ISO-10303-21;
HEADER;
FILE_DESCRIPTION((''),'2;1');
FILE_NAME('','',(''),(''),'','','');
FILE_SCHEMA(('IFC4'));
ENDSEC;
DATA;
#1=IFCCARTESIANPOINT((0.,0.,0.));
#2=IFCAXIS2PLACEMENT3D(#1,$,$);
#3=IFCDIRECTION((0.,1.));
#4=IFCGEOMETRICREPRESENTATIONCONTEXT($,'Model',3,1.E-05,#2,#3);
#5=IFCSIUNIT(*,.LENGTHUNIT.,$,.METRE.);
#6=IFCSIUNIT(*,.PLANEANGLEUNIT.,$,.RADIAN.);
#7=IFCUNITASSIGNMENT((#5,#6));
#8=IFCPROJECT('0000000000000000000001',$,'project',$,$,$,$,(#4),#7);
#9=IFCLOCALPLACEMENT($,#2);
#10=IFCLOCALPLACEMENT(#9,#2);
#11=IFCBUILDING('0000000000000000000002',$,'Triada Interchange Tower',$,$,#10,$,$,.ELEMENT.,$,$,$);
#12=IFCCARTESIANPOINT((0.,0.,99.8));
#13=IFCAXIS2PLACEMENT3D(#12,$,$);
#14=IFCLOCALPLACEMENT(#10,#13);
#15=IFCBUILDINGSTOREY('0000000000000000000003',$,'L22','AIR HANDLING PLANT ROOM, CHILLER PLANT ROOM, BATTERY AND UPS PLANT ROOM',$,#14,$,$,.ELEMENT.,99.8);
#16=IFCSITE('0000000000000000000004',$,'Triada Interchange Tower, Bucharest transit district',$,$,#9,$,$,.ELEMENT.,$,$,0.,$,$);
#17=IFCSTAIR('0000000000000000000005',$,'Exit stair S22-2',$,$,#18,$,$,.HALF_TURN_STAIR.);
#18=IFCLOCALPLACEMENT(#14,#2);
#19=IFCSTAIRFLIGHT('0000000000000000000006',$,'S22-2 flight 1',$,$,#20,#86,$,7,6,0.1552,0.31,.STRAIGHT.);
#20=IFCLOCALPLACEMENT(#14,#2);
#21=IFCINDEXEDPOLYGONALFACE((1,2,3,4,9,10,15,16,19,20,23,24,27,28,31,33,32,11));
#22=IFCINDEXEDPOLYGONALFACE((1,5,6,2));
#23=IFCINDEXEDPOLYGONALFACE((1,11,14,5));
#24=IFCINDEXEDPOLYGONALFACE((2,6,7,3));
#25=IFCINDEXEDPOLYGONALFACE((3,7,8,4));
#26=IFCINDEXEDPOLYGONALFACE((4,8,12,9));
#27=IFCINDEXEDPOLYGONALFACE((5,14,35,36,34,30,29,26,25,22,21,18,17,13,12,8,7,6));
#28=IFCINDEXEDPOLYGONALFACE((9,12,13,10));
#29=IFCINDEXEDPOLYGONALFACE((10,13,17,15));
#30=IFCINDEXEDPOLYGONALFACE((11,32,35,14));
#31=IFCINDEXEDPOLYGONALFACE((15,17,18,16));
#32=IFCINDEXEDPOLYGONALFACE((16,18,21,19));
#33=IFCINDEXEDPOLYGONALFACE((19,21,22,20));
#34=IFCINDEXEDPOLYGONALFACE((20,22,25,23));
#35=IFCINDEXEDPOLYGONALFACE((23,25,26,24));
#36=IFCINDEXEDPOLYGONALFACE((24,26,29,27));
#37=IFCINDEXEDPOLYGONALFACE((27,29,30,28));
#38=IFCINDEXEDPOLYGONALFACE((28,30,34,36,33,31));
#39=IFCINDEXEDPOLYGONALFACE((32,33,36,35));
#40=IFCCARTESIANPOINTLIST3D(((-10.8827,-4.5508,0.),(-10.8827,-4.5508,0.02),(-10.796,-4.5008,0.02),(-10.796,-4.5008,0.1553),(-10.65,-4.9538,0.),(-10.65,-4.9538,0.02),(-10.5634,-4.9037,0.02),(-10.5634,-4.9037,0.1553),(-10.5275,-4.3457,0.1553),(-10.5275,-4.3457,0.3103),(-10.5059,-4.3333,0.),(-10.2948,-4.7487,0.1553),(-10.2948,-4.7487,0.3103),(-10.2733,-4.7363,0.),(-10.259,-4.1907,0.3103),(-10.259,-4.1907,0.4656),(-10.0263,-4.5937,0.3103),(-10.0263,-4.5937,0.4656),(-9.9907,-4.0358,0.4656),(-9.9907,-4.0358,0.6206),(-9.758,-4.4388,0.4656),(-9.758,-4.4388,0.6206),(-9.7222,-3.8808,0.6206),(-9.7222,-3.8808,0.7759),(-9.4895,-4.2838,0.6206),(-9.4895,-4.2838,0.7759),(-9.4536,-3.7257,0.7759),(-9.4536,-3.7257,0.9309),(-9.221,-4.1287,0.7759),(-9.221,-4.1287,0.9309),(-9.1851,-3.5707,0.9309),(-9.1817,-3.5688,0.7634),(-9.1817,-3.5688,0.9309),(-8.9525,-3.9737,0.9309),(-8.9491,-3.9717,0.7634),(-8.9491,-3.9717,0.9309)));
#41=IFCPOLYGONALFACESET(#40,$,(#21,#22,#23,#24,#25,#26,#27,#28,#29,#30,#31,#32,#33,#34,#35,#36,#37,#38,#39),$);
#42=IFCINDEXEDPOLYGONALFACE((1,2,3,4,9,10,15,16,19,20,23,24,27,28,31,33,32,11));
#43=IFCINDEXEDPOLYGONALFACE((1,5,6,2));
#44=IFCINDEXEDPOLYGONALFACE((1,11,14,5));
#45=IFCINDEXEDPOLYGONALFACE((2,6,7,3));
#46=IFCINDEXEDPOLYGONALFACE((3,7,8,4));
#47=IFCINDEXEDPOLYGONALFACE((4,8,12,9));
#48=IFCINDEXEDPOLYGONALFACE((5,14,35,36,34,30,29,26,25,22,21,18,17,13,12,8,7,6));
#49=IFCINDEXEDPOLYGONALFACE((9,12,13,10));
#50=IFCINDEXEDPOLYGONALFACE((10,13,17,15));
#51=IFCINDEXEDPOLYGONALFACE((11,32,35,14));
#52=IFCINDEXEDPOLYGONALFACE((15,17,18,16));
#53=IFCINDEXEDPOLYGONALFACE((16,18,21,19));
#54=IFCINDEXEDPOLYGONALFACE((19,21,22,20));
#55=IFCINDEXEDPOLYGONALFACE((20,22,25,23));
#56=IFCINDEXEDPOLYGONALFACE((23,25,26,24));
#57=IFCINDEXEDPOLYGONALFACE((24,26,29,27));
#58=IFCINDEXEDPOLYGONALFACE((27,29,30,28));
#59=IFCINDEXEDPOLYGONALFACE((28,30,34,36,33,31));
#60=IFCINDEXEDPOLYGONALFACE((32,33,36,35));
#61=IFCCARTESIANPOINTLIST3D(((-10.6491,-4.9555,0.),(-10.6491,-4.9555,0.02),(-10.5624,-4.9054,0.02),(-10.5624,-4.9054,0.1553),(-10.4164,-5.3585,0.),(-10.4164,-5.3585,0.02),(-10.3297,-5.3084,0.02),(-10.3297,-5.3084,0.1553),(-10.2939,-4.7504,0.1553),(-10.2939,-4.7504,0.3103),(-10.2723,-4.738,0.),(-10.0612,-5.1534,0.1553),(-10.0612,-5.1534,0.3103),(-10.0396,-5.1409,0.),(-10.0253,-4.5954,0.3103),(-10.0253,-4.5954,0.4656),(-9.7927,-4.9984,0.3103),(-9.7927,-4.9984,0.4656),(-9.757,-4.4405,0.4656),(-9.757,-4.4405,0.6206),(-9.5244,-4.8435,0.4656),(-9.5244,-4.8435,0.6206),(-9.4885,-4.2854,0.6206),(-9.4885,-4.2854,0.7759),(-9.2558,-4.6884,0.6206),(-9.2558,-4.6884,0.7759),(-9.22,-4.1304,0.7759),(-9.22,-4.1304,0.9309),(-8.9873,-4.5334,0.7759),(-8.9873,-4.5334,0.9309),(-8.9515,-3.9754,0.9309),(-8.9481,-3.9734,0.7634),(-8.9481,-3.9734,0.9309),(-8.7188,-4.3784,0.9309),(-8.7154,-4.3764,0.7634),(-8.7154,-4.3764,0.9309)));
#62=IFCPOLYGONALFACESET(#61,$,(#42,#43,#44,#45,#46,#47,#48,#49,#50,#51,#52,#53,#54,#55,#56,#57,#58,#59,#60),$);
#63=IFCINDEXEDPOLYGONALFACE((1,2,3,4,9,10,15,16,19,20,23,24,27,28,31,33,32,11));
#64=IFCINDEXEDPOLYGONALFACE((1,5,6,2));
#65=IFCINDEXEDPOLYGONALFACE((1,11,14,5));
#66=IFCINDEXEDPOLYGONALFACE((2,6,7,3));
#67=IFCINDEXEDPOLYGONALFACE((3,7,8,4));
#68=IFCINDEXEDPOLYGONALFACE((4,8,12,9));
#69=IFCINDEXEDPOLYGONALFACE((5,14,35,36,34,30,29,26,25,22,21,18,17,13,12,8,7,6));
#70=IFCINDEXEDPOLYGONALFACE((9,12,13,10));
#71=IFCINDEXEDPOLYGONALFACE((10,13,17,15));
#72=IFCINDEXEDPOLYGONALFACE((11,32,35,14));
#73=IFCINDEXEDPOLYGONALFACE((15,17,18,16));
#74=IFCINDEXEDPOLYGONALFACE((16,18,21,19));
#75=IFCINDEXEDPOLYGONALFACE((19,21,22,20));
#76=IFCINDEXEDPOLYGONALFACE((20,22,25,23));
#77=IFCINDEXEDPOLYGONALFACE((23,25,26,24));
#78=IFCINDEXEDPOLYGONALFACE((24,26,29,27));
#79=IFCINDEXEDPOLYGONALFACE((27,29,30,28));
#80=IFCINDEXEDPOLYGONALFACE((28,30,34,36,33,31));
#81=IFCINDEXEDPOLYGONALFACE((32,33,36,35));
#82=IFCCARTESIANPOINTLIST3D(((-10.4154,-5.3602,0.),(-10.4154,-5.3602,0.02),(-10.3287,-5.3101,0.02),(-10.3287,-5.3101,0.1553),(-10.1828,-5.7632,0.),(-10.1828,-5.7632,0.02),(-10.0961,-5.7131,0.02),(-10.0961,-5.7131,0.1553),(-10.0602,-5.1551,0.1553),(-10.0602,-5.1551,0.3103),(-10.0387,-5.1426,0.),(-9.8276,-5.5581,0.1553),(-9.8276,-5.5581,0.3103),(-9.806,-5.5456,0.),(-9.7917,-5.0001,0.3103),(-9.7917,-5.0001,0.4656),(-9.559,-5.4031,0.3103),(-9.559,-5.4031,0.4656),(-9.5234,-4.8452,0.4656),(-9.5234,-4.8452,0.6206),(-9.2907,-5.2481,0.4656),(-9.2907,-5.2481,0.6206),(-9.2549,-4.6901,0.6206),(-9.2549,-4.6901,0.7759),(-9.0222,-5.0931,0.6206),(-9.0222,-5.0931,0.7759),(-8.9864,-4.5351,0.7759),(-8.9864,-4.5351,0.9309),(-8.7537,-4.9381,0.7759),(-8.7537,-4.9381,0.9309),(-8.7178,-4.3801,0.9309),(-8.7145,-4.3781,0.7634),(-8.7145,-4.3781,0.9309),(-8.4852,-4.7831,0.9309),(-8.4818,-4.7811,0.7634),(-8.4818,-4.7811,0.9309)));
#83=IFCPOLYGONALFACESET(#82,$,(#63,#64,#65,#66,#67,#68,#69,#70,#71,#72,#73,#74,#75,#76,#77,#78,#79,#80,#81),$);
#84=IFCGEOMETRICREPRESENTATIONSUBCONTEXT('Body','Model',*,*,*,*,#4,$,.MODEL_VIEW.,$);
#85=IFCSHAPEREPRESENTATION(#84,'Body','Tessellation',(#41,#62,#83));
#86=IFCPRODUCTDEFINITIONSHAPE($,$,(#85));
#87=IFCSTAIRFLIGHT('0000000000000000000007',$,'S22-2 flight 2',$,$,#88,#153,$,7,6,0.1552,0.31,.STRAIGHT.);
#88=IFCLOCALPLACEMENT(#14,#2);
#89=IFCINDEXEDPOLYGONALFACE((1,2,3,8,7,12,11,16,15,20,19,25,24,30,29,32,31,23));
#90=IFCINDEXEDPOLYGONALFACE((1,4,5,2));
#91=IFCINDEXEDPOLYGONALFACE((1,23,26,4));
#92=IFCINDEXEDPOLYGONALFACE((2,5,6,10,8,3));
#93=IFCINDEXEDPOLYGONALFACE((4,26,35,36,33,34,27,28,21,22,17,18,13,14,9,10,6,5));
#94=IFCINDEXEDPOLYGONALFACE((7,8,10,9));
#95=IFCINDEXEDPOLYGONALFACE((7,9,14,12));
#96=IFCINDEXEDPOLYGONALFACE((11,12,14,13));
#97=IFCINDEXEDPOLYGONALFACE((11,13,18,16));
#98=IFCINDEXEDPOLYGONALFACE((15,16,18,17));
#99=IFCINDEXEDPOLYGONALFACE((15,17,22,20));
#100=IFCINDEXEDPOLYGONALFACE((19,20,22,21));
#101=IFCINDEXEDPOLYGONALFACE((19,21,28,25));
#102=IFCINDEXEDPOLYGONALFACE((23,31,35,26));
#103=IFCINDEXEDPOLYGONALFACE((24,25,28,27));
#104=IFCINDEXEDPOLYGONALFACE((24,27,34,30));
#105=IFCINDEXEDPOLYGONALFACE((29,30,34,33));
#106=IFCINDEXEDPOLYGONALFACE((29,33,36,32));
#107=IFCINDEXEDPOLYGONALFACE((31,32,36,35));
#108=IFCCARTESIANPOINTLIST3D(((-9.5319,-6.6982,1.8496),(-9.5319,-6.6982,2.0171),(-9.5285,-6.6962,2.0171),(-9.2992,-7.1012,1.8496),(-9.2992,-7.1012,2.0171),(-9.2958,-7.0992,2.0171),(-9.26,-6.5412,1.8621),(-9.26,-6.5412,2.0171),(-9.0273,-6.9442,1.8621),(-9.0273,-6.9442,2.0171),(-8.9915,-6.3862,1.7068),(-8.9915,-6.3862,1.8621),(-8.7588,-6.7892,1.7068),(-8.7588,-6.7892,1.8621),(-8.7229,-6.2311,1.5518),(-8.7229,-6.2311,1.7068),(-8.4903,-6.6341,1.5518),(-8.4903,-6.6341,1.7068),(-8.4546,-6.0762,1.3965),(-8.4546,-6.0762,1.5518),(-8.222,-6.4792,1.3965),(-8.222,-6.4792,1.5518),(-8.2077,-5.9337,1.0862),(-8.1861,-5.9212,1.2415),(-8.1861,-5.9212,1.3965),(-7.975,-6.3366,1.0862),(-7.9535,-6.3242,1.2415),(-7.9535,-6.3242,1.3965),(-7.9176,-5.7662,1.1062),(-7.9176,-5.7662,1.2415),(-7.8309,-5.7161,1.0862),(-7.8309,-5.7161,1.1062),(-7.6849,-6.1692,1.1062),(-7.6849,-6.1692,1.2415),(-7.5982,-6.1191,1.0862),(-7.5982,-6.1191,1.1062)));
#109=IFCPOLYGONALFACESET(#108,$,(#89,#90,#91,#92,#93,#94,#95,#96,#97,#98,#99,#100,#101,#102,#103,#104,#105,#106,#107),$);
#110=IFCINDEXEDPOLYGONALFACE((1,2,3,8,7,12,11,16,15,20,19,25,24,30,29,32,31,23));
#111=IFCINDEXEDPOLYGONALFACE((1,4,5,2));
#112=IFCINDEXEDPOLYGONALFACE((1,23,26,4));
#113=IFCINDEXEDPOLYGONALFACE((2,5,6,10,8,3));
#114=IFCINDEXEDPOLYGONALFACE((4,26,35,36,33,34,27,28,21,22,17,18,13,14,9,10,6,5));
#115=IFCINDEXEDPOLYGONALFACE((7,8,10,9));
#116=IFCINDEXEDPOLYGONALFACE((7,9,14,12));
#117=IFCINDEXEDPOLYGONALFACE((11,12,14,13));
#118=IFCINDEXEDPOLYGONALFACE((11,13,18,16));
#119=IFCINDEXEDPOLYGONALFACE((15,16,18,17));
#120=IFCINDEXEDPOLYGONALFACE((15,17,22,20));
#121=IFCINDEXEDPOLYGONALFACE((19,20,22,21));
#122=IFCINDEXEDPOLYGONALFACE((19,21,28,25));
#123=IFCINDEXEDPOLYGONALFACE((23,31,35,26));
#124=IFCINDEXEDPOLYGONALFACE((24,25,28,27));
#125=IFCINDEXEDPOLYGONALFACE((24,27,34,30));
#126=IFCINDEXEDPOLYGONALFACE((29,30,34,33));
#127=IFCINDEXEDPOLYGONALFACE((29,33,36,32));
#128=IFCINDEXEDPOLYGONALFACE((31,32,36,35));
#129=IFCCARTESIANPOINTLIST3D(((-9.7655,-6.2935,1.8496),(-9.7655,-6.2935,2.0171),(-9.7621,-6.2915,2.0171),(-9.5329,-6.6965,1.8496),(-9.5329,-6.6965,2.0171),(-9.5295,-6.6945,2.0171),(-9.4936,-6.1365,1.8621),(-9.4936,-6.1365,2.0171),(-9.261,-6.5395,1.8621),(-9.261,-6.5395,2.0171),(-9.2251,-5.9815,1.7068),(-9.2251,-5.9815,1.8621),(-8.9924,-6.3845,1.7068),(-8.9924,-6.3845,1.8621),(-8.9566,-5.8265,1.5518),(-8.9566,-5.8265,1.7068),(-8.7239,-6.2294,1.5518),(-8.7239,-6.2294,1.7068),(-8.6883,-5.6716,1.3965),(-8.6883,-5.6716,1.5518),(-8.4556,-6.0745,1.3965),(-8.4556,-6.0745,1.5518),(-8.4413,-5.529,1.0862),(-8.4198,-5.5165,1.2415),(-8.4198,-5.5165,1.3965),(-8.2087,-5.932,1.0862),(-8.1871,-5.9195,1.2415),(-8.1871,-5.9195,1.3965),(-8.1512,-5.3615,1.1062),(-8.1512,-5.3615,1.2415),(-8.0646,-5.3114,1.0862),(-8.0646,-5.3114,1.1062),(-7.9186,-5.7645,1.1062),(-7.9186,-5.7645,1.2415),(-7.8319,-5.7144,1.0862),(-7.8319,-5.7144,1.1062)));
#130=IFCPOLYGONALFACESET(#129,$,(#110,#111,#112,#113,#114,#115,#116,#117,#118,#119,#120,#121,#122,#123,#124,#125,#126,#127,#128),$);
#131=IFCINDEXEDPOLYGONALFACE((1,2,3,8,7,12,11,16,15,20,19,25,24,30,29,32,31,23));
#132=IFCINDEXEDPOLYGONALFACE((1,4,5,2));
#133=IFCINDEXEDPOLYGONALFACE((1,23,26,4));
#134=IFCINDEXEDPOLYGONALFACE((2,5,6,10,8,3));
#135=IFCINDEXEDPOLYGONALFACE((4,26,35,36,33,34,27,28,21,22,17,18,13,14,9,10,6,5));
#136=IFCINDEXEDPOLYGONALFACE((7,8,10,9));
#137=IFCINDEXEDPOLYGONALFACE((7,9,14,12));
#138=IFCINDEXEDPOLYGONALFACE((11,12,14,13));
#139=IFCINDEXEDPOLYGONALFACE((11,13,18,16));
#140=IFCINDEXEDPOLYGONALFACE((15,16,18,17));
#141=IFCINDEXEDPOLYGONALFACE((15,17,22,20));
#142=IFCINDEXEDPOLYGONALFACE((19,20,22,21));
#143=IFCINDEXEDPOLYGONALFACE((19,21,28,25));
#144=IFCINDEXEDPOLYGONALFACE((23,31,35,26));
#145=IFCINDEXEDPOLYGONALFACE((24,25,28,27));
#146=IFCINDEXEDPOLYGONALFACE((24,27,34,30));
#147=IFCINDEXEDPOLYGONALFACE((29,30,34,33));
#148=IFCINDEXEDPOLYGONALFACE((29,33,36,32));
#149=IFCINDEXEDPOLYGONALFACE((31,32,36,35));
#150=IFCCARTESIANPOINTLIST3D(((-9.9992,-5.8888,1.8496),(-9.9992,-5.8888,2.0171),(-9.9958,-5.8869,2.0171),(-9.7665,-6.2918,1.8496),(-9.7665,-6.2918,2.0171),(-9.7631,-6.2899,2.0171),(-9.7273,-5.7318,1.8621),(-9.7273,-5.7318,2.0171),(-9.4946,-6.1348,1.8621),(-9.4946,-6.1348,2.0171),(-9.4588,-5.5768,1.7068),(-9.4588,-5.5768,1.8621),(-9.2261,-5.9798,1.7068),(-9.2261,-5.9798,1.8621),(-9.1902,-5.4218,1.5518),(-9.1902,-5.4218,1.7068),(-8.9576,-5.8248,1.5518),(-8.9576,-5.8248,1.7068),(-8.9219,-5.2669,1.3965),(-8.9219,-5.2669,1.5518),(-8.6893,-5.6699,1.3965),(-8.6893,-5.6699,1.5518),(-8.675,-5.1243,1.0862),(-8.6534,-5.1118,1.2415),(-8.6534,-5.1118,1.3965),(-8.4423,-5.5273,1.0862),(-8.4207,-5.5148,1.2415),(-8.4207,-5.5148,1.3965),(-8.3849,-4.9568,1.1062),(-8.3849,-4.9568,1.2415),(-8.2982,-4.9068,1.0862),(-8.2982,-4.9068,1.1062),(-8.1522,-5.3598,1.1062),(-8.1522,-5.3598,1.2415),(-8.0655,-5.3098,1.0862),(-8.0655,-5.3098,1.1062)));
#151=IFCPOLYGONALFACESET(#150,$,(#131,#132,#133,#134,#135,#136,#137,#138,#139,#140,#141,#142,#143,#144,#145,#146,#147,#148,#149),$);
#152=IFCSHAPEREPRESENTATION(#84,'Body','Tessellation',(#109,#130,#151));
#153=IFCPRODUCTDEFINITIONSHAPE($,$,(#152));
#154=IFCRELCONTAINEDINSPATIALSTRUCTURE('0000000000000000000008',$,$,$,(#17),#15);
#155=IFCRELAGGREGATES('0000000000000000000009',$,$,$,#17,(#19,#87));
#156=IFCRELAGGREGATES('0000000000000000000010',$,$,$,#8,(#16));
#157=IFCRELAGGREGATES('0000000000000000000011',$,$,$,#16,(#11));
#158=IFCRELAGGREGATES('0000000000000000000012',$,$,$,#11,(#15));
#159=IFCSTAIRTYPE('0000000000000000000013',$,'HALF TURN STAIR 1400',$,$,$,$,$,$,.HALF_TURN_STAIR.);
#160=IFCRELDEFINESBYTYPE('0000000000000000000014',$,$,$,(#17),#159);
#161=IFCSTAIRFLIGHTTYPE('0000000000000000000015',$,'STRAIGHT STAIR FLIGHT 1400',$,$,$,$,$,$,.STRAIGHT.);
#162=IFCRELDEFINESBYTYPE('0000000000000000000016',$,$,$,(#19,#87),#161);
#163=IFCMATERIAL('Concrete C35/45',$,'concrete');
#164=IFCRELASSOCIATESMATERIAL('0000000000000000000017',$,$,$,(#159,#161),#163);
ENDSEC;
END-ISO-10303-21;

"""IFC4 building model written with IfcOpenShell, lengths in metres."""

from ifc_helpers import new_model, si_unit, direction, frame, origin, place, context, subcontext, project, spatial, polyline, outline, extrude, material, type_object, element, aggregate, save


model = new_model("IFC4")

# Units and contexts
model_context = context("Model", 3, precision=1e-05, world=origin(), true_north=direction((0.0, 1.0)))
body_context = subcontext(model_context, "Body", "Model", "MODEL_VIEW")
ifc_project = project(units=[si_unit("LENGTHUNIT", "METRE"), si_unit("PLANEANGLEUNIT", "RADIAN")], contexts=[model_context])

# Site, building, storey
site_placement = place(None, origin())
site = spatial("IfcSite", under=ifc_project, at=site_placement, Name="Triada Interchange Tower, Bucharest transit district", CompositionType="ELEMENT", RefElevation=0.0)
building_placement = place(site_placement, origin())
building = spatial("IfcBuilding", under=site, at=building_placement, Name="Triada Interchange Tower", CompositionType="ELEMENT")
storey_placement = place(building_placement, frame((0.0, 0.0, 99.8)))
storey = spatial("IfcBuildingStorey", under=building, at=storey_placement, Name="L22", Description="AIR HANDLING PLANT ROOM, CHILLER PLANT ROOM, BATTERY AND UPS PLANT ROOM", CompositionType="ELEMENT", Elevation=99.8)

# Shared definitions
ifc_material_1 = material(Name="Concrete C35/45", Category="concrete")

# Stair, stair flights
stair_type = type_object("IfcStairType", Name="HALF TURN STAIR 1400", PredefinedType="HALF_TURN_STAIR", material=ifc_material_1)
stair_placement = place(storey_placement, origin())
stair = element("IfcStair", 1, at=stair_placement, inside=storey, type_object=stair_type, Name="Exit stair S22-2", PredefinedType="HALF_TURN_STAIR")
stair_flight_type = type_object("IfcStairFlightType", Name="STRAIGHT STAIR FLIGHT 1400", PredefinedType="STRAIGHT", material=ifc_material_1)
stair_flight_1_placement = place(storey_placement, frame((-10.446, -5.1069, 0.0), z_axis=(0.0, 0.0, 1.0), x_axis=(0.866025, 0.5, 0.0)))
stair_flight_1 = element("IfcStairFlight", 2, at=stair_flight_1_placement, type_object=stair_flight_type, Name="S22-2 flight 1", NumberOfRisers=7, NumberOfTreads=6, PredefinedType="STRAIGHT", RiserHeight=0.1552, TreadLength=0.31, context=body_context, shape_type="SweptSolid", body=[
    extrude(outline(polyline([(-0.1001, 0.0), (-0.1001, 0.02), (0.0, 0.02), (0.0, 0.1553), (0.3101, 0.1553), (0.3101, 0.3103), (0.6201, 0.3103), (0.6201, 0.4656), (0.9299, 0.4656), (0.9299, 0.6206), (1.24, 0.6206), (1.24, 0.7759), (1.55, 0.7759), (1.55, 0.9309), (1.8601, 0.9309), (1.864, 0.9309), (1.864, 1.0862), (1.864, 0.7634), (0.335, 0.0), (-0.1001, 0.0)])), frame((0.0, 0.7, 0.0), z_axis=(0.0, -1.0, 0.0), x_axis=(1.0, 0.0, 0.0)), (0.0, 0.0, 1.0), 0.4653),
    extrude(outline(polyline([(-0.1001, 0.0), (-0.1001, 0.02), (0.0, 0.02), (0.0, 0.1553), (0.3101, 0.1553), (0.3101, 0.3103), (0.6201, 0.3103), (0.6201, 0.4656), (0.9299, 0.4656), (0.9299, 0.6206), (1.24, 0.6206), (1.24, 0.7759), (1.55, 0.7759), (1.55, 0.9309), (1.8601, 0.9309), (1.864, 0.9309), (1.864, 1.0862), (1.864, 0.7634), (0.335, 0.0), (-0.1001, 0.0)])), frame((0.0, 0.2327, 0.0), z_axis=(0.0, -1.0, 0.0), x_axis=(1.0, 0.0, 0.0)), (0.0, 0.0, 1.0), 0.4653),
    extrude(outline(polyline([(-0.1001, 0.0), (-0.1001, 0.02), (0.0, 0.02), (0.0, 0.1553), (0.3101, 0.1553), (0.3101, 0.3103), (0.6201, 0.3103), (0.6201, 0.4656), (0.9299, 0.4656), (0.9299, 0.6206), (1.24, 0.6206), (1.24, 0.7759), (1.55, 0.7759), (1.55, 0.9309), (1.8601, 0.9309), (1.864, 0.9309), (1.864, 1.0862), (1.864, 0.7634), (0.335, 0.0), (-0.1001, 0.0)])), frame((0.0, -0.2346, 0.0), z_axis=(0.0, -1.0, 0.0), x_axis=(1.0, 0.0, 0.0)), (0.0, 0.0, 1.0), 0.4653),
])
stair_flight_2_placement = place(storey_placement, frame((-8.0349, -5.563, 1.0862), z_axis=(0.0, 0.0, 1.0), x_axis=(-0.866025, -0.5, 0.0)))
stair_flight_2 = element("IfcStairFlight", 3, at=stair_flight_2_placement, type_object=stair_flight_type, Name="S22-2 flight 2", NumberOfRisers=7, NumberOfTreads=6, PredefinedType="STRAIGHT", RiserHeight=0.1552, TreadLength=0.31, context=body_context, shape_type="SweptSolid", body=[
    extrude(outline(polyline([(-0.1001, 0.0), (-0.1001, 0.02), (0.0, 0.02), (0.0, 0.1553), (0.3101, 0.1553), (0.3101, 0.3103), (0.6201, 0.3103), (0.6201, 0.4656), (0.9299, 0.4656), (0.9299, 0.6206), (1.24, 0.6206), (1.24, 0.7759), (1.55, 0.7759), (1.55, 0.9309), (1.8601, 0.9309), (1.864, 0.9309), (1.864, 1.0862), (1.864, 0.7634), (0.335, 0.0), (-0.1001, 0.0)])), frame((0.0, 0.7, 0.0), z_axis=(0.0, -1.0, 0.0), x_axis=(1.0, 0.0, 0.0)), (0.0, 0.0, 1.0), 0.4653),
    extrude(outline(polyline([(-0.1001, 0.0), (-0.1001, 0.02), (0.0, 0.02), (0.0, 0.1553), (0.3101, 0.1553), (0.3101, 0.3103), (0.6201, 0.3103), (0.6201, 0.4656), (0.9299, 0.4656), (0.9299, 0.6206), (1.24, 0.6206), (1.24, 0.7759), (1.55, 0.7759), (1.55, 0.9309), (1.8601, 0.9309), (1.864, 0.9309), (1.864, 1.0862), (1.864, 0.7634), (0.335, 0.0), (-0.1001, 0.0)])), frame((0.0, 0.2327, 0.0), z_axis=(0.0, -1.0, 0.0), x_axis=(1.0, 0.0, 0.0)), (0.0, 0.0, 1.0), 0.4653),
    extrude(outline(polyline([(-0.1001, 0.0), (-0.1001, 0.02), (0.0, 0.02), (0.0, 0.1553), (0.3101, 0.1553), (0.3101, 0.3103), (0.6201, 0.3103), (0.6201, 0.4656), (0.9299, 0.4656), (0.9299, 0.6206), (1.24, 0.6206), (1.24, 0.7759), (1.55, 0.7759), (1.55, 0.9309), (1.8601, 0.9309), (1.864, 0.9309), (1.864, 1.0862), (1.864, 0.7634), (0.335, 0.0), (-0.1001, 0.0)])), frame((0.0, -0.2346, 0.0), z_axis=(0.0, -1.0, 0.0), x_axis=(1.0, 0.0, 0.0)), (0.0, 0.0, 1.0), 0.4653),
])
aggregate(stair, [stair_flight_1, stair_flight_2])

save(model, "model.ifc")
